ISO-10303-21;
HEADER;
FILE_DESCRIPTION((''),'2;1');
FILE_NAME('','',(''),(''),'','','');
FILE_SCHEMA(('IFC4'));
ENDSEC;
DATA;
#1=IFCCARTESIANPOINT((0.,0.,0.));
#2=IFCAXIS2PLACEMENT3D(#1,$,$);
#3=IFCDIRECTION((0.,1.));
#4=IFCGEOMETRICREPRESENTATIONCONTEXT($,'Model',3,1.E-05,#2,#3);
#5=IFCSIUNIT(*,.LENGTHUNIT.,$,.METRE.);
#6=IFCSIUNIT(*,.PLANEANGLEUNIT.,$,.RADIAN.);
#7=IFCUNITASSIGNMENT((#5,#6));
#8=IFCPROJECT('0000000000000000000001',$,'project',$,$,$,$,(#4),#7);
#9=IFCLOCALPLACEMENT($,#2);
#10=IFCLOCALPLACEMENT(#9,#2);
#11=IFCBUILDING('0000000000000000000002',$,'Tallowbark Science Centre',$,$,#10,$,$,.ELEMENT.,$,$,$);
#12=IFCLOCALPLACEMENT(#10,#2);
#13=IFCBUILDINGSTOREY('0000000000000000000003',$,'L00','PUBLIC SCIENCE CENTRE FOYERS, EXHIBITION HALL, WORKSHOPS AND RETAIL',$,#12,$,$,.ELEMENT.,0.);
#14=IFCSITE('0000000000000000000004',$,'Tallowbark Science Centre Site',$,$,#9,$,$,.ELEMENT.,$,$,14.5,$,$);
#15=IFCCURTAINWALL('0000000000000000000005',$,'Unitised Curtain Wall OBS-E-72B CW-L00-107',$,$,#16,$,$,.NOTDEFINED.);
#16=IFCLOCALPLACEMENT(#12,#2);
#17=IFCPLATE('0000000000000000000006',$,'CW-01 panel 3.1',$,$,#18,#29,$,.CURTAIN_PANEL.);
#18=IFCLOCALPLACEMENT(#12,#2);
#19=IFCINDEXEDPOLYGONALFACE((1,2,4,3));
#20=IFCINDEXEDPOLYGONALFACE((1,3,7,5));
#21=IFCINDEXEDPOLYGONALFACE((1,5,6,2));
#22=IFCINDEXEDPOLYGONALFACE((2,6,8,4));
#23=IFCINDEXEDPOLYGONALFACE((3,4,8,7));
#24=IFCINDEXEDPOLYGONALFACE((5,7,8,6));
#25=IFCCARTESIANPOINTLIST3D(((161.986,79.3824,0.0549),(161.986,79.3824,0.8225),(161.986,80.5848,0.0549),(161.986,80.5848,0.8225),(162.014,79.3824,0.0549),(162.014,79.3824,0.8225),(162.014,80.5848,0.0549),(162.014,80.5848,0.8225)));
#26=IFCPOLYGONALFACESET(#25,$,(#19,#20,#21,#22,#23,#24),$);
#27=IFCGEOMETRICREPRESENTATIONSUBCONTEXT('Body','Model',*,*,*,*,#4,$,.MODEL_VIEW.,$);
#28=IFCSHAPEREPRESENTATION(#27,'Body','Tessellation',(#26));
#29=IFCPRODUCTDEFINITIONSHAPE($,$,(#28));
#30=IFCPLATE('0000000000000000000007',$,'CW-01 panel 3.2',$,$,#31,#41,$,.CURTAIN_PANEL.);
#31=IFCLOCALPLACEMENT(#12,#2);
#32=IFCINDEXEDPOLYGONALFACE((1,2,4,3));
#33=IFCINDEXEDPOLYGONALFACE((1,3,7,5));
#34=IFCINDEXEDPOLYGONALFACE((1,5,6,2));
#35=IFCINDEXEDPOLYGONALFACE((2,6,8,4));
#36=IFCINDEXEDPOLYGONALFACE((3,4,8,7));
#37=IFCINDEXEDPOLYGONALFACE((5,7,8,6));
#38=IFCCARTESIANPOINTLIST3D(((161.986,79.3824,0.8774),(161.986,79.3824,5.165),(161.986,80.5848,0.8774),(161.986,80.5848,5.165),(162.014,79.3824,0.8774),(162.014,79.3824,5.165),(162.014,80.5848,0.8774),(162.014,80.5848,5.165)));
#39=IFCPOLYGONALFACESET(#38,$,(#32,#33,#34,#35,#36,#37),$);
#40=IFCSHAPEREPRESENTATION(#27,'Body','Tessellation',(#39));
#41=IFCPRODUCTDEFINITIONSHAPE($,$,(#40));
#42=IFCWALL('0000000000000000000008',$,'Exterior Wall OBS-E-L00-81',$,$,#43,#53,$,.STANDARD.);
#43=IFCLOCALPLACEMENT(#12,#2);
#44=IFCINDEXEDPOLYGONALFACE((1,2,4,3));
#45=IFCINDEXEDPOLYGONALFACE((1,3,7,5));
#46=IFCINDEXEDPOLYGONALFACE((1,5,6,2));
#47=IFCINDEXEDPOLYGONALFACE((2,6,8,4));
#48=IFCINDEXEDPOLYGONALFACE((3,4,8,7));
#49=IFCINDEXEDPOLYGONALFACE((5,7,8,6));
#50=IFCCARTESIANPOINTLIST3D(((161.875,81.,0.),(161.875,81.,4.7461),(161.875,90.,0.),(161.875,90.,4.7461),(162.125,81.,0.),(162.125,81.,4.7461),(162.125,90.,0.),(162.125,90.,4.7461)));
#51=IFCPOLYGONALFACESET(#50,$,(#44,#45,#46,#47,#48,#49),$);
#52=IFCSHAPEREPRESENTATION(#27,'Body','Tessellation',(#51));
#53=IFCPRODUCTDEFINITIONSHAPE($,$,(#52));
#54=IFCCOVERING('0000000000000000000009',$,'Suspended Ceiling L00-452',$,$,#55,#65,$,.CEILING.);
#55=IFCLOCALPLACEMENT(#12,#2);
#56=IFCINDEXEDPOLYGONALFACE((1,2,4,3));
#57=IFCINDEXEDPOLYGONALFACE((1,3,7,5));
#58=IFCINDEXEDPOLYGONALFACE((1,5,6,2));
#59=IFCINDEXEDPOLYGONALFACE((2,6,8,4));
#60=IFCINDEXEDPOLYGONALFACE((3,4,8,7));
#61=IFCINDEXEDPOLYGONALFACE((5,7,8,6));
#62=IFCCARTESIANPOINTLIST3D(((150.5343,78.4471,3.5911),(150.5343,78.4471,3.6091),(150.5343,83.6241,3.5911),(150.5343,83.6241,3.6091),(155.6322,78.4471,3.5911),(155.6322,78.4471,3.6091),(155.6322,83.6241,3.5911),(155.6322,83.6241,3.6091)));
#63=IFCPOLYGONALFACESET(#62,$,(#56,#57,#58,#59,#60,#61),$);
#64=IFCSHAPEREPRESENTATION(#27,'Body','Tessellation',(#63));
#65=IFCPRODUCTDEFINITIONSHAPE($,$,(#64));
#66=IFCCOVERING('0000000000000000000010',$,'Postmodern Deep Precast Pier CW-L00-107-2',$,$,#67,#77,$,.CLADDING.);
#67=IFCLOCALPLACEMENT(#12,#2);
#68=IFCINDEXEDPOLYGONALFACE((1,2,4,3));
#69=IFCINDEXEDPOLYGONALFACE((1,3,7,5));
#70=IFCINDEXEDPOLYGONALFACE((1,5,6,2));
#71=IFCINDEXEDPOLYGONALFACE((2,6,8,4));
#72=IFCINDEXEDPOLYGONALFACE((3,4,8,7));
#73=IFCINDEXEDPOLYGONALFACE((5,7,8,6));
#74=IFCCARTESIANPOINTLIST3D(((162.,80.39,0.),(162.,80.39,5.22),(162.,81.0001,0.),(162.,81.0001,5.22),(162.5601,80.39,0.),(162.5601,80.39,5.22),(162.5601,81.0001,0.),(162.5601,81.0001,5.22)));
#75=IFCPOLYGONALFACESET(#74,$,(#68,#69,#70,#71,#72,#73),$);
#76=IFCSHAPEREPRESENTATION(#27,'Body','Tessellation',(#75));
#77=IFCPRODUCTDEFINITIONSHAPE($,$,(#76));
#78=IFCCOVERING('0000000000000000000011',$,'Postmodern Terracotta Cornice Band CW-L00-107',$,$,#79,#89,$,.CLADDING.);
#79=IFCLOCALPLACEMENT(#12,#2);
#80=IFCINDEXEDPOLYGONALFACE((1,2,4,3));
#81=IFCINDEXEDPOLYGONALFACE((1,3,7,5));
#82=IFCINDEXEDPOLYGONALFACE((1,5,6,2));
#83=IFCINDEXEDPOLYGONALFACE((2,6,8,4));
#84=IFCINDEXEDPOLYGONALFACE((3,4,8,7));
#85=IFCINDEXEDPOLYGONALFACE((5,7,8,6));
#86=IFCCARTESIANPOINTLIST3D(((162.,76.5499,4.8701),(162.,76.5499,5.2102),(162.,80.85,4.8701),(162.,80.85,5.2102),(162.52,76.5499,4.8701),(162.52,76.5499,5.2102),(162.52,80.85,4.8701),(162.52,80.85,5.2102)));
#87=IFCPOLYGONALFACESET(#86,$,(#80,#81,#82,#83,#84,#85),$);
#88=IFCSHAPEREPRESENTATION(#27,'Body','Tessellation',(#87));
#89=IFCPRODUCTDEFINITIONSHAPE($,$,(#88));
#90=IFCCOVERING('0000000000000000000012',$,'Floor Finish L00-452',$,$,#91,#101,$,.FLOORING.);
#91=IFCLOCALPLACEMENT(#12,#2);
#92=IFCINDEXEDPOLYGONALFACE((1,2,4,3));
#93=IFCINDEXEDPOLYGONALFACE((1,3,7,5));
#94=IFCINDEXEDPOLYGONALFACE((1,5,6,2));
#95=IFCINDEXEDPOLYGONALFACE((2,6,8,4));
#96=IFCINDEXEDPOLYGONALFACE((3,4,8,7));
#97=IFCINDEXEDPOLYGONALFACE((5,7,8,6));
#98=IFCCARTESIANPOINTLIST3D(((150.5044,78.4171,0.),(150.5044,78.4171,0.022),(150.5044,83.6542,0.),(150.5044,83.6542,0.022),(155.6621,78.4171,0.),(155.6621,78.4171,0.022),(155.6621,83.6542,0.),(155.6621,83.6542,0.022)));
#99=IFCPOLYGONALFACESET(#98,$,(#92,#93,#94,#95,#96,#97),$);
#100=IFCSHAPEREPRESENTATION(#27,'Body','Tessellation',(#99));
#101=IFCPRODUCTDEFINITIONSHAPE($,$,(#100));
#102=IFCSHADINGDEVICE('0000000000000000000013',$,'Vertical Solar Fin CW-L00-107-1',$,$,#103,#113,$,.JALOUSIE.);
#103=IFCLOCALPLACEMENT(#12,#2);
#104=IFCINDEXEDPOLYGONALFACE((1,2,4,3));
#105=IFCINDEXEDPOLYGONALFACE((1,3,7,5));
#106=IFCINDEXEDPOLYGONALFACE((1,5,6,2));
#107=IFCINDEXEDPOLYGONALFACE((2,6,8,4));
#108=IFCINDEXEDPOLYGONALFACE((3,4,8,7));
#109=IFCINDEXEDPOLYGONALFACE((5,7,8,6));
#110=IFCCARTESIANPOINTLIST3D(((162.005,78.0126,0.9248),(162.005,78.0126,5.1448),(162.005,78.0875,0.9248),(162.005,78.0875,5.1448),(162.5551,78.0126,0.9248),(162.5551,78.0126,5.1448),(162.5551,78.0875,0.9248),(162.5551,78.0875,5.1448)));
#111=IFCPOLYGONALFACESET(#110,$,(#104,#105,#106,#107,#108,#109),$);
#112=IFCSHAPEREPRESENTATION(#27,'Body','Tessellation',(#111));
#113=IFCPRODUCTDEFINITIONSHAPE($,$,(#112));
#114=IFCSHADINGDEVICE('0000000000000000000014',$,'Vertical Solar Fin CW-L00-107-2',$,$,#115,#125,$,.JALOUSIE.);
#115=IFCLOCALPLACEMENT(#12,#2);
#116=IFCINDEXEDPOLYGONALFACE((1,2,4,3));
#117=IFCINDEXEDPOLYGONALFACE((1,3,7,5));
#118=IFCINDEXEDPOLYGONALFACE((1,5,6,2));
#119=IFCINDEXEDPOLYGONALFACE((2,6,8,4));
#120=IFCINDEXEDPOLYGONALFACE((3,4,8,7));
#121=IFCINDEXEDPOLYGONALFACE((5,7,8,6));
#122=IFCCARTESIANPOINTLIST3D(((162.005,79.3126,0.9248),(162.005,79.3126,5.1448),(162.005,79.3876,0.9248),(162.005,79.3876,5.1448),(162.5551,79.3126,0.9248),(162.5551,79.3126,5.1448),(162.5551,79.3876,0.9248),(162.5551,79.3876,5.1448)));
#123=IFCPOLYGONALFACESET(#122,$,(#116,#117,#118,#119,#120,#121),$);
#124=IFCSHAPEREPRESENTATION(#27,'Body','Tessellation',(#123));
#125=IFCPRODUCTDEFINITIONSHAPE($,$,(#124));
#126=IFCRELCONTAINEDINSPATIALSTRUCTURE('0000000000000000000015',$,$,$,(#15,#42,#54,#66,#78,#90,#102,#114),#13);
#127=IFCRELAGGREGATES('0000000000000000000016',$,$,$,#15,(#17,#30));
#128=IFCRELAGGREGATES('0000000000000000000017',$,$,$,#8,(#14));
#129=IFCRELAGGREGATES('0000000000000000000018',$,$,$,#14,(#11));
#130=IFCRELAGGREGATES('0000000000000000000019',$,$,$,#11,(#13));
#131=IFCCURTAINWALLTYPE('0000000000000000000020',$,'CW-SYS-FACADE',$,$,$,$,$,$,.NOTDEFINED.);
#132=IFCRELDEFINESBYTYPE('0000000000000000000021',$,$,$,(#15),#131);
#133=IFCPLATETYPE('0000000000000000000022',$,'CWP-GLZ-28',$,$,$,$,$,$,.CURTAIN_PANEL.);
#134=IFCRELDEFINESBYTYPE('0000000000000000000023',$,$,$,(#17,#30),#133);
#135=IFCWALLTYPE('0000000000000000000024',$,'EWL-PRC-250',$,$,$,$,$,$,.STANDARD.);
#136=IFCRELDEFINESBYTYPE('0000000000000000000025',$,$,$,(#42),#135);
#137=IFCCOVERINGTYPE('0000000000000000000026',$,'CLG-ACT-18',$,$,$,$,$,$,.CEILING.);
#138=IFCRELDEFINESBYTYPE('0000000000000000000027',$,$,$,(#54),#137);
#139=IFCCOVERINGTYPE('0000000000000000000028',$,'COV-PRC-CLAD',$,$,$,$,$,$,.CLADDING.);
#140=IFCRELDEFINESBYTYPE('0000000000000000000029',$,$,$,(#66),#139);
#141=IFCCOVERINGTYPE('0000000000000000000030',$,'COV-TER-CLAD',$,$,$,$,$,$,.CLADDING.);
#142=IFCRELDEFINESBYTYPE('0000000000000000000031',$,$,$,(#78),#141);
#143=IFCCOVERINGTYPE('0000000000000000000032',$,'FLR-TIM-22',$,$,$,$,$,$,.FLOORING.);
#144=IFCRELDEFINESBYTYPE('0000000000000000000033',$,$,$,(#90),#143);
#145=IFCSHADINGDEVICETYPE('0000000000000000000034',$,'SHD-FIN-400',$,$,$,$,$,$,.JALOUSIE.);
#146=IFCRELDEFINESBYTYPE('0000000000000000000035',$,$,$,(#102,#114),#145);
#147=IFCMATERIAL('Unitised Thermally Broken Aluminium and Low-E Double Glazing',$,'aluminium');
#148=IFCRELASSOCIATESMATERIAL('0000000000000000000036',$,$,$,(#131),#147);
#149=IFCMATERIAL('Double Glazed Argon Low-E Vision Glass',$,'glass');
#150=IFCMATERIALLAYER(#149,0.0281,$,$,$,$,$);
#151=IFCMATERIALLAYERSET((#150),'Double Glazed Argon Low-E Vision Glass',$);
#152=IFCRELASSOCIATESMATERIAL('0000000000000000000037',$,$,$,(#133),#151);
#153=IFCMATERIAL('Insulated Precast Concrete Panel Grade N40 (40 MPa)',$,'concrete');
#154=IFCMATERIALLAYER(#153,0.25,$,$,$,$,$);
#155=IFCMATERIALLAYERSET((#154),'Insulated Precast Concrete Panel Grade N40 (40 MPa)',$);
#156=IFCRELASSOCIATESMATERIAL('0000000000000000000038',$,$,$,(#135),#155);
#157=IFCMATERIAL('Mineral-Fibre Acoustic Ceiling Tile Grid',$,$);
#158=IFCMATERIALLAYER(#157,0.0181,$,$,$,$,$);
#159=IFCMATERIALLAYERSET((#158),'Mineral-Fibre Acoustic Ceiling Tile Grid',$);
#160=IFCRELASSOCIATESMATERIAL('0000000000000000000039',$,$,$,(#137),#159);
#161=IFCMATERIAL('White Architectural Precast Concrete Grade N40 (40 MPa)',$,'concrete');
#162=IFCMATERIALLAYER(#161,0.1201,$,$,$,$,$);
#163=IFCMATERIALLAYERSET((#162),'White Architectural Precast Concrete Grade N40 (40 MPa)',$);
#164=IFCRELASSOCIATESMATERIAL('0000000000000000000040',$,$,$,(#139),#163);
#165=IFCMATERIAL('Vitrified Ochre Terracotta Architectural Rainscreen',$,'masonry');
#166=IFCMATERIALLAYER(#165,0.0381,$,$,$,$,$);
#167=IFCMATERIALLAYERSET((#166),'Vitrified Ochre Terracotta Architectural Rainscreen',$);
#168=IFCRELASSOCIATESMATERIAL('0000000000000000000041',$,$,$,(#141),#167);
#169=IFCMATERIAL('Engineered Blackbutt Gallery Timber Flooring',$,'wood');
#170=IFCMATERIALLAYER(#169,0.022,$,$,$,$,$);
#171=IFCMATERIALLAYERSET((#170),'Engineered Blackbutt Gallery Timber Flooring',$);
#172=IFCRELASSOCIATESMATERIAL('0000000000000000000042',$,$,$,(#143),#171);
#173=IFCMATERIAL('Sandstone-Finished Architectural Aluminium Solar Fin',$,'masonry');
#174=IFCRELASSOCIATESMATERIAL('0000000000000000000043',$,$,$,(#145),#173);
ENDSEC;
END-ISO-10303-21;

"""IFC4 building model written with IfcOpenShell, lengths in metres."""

from ifc_helpers import new_model, si_unit, direction, frame, frame_2d, origin, origin_2d, place, context, subcontext, project, spatial, rectangle, extrude, material, layer, layer_set, type_object, element, aggregate, save


model = new_model("IFC4")

# Units and contexts
model_context = context("Model", 3, precision=1e-05, world=origin(), true_north=direction((0.0, 1.0)))
body_context = subcontext(model_context, "Body", "Model", "MODEL_VIEW")
ifc_project = project(units=[si_unit("LENGTHUNIT", "METRE"), si_unit("PLANEANGLEUNIT", "RADIAN")], contexts=[model_context])

# Site, building, storey
site_placement = place(None, origin())
site = spatial("IfcSite", under=ifc_project, at=site_placement, Name="Tallowbark Science Centre Site", CompositionType="ELEMENT", RefElevation=14.5)
building_placement = place(site_placement, origin())
building = spatial("IfcBuilding", under=site, at=building_placement, Name="Tallowbark Science Centre", CompositionType="ELEMENT")
storey_placement = place(building_placement, origin())
storey = spatial("IfcBuildingStorey", under=building, at=storey_placement, Name="L00", Description="PUBLIC SCIENCE CENTRE FOYERS, EXHIBITION HALL, WORKSHOPS AND RETAIL", CompositionType="ELEMENT", Elevation=0.0)

# Curtain wall
ifc_material_1 = material(Name="Unitised Thermally Broken Aluminium and Low-E Double Glazing", Category="aluminium")
curtain_wall_type = type_object("IfcCurtainWallType", Name="CW-SYS-FACADE", PredefinedType="NOTDEFINED", material=ifc_material_1)
curtain_wall_placement = place(storey_placement, origin())
curtain_wall = element("IfcCurtainWall", 1, at=curtain_wall_placement, inside=storey, type_object=curtain_wall_type, Name="Unitised Curtain Wall OBS-E-72B CW-L00-107", PredefinedType="NOTDEFINED")

# Plates
ifc_material_2 = material(Name="Double Glazed Argon Low-E Vision Glass", Category="glass")
ifc_layer_1 = layer(ifc_material_2, 0.0281)
ifc_layer_set_1 = layer_set([ifc_layer_1], Name="Double Glazed Argon Low-E Vision Glass")
plate_type = type_object("IfcPlateType", Name="CWP-GLZ-28", PredefinedType="CURTAIN_PANEL", material=ifc_layer_set_1)
plate_1_placement = place(storey_placement, frame((162.0, 79.9836, 0.0549), z_axis=(0.0, 0.0, 1.0), x_axis=(0.0, 1.0, 0.0)))
plate_1 = element("IfcPlate", 2, at=plate_1_placement, type_object=plate_type, Name="CW-01 panel 3.1", PredefinedType="CURTAIN_PANEL", context=body_context, shape_type="SweptSolid", body=[
    extrude(rectangle(XDim=1.2024, YDim=0.0281, at=origin_2d()), origin(), (0.0, 0.0, 1.0), 0.7676),
])
plate_2_placement = place(storey_placement, frame((162.0, 79.9836, 0.8774), z_axis=(0.0, 0.0, 1.0), x_axis=(0.0, 1.0, 0.0)))
plate_2 = element("IfcPlate", 3, at=plate_2_placement, type_object=plate_type, Name="CW-01 panel 3.2", PredefinedType="CURTAIN_PANEL", context=body_context, shape_type="SweptSolid", body=[
    extrude(rectangle(XDim=1.2024, YDim=0.0281, at=origin_2d()), origin(), (0.0, 0.0, 1.0), 4.2876),
])
aggregate(curtain_wall, [plate_1, plate_2])

# Wall
ifc_material_3 = material(Name="Insulated Precast Concrete Panel Grade N40 (40 MPa)", Category="concrete")
ifc_layer_2 = layer(ifc_material_3, 0.25)
ifc_layer_set_2 = layer_set([ifc_layer_2], Name="Insulated Precast Concrete Panel Grade N40 (40 MPa)")
wall_type = type_object("IfcWallType", Name="EWL-PRC-250", PredefinedType="STANDARD", material=ifc_layer_set_2)
wall_placement = place(storey_placement, frame((162.0, 81.0, 0.0), z_axis=(0.0, 0.0, 1.0), x_axis=(0.0, 1.0, 0.0)))
element("IfcWall", 4, at=wall_placement, inside=storey, type_object=wall_type, Name="Exterior Wall OBS-E-L00-81", PredefinedType="STANDARD", context=body_context, shape_type="SweptSolid", body=[
    extrude(rectangle(XDim=9.0, YDim=0.25, at=frame_2d((4.5, 0.0))), origin(), (0.0, 0.0, 1.0), 4.7461),
])

# Coverings
ifc_material_4 = material(Name="Mineral-Fibre Acoustic Ceiling Tile Grid")
ifc_layer_3 = layer(ifc_material_4, 0.0181)
ifc_layer_set_3 = layer_set([ifc_layer_3], Name="Mineral-Fibre Acoustic Ceiling Tile Grid")
covering_type_1 = type_object("IfcCoveringType", Name="CLG-ACT-18", PredefinedType="CEILING", material=ifc_layer_set_3)
covering_1_placement = place(storey_placement, frame((153.0833, 81.0356, 3.5911), z_axis=(0.0, 0.0, 1.0), x_axis=(1.0, 0.0, 0.0)))
element("IfcCovering", 5, at=covering_1_placement, inside=storey, type_object=covering_type_1, Name="Suspended Ceiling L00-452", PredefinedType="CEILING", context=body_context, shape_type="SweptSolid", body=[
    extrude(rectangle(XDim=5.0979, YDim=5.177, at=origin_2d()), origin(), (0.0, 0.0, 1.0), 0.0181),
])
ifc_material_5 = material(Name="White Architectural Precast Concrete Grade N40 (40 MPa)", Category="concrete")
ifc_layer_4 = layer(ifc_material_5, 0.1201)
ifc_layer_set_4 = layer_set([ifc_layer_4], Name="White Architectural Precast Concrete Grade N40 (40 MPa)")
covering_type_2 = type_object("IfcCoveringType", Name="COV-PRC-CLAD", PredefinedType="CLADDING", material=ifc_layer_set_4)
covering_2_placement = place(storey_placement, frame((162.28, 80.6951, 0.0), z_axis=(0.0, 0.0, 1.0), x_axis=(0.0, 1.0, 0.0)))
element("IfcCovering", 6, at=covering_2_placement, inside=storey, type_object=covering_type_2, Name="Postmodern Deep Precast Pier CW-L00-107-2", PredefinedType="CLADDING", context=body_context, shape_type="SweptSolid", body=[
    extrude(rectangle(XDim=0.6101, YDim=0.5601, at=origin_2d()), origin(), (0.0, 0.0, 1.0), 5.22),
])
ifc_material_6 = material(Name="Vitrified Ochre Terracotta Architectural Rainscreen", Category="masonry")
ifc_layer_5 = layer(ifc_material_6, 0.0381)
ifc_layer_set_5 = layer_set([ifc_layer_5], Name="Vitrified Ochre Terracotta Architectural Rainscreen")
covering_type_3 = type_object("IfcCoveringType", Name="COV-TER-CLAD", PredefinedType="CLADDING", material=ifc_layer_set_5)
covering_3_placement = place(storey_placement, frame((162.26, 78.7, 4.8701), z_axis=(0.0, 0.0, 1.0), x_axis=(0.0, 1.0, 0.0)))
element("IfcCovering", 7, at=covering_3_placement, inside=storey, type_object=covering_type_3, Name="Postmodern Terracotta Cornice Band CW-L00-107", PredefinedType="CLADDING", context=body_context, shape_type="SweptSolid", body=[
    extrude(rectangle(XDim=4.3, YDim=0.52, at=origin_2d()), origin(), (0.0, 0.0, 1.0), 0.3401),
])
ifc_material_7 = material(Name="Engineered Blackbutt Gallery Timber Flooring", Category="wood")
ifc_layer_6 = layer(ifc_material_7, 0.022)
ifc_layer_set_6 = layer_set([ifc_layer_6], Name="Engineered Blackbutt Gallery Timber Flooring")
covering_type_4 = type_object("IfcCoveringType", Name="FLR-TIM-22", PredefinedType="FLOORING", material=ifc_layer_set_6)
covering_4_placement = place(storey_placement, frame((153.0833, 81.0356, 0.0), z_axis=(0.0, 0.0, 1.0), x_axis=(1.0, 0.0, 0.0)))
element("IfcCovering", 8, at=covering_4_placement, inside=storey, type_object=covering_type_4, Name="Floor Finish L00-452", PredefinedType="FLOORING", context=body_context, shape_type="SweptSolid", body=[
    extrude(rectangle(XDim=5.1577, YDim=5.2371, at=origin_2d()), origin(), (0.0, 0.0, 1.0), 0.022),
])

# Shading devices
ifc_material_8 = material(Name="Sandstone-Finished Architectural Aluminium Solar Fin", Category="masonry")
shading_device_type = type_object("IfcShadingDeviceType", Name="SHD-FIN-400", PredefinedType="JALOUSIE", material=ifc_material_8)
for number, where, z_axis, x_axis, name in (
    (9, (162.28, 78.05, 0.9248), (0.0, 0.0, 1.0), (0.0, 1.0, 0.0), "Vertical Solar Fin CW-L00-107-1"),
    (10, (162.28, 79.3501, 0.9248), (0.0, 0.0, 1.0), (0.0, 1.0, 0.0), "Vertical Solar Fin CW-L00-107-2"),
):
    element("IfcShadingDevice", number, at=place(storey_placement, frame(where, z_axis=z_axis, x_axis=x_axis)), inside=storey, type_object=shading_device_type, Name=name, PredefinedType="JALOUSIE", context=body_context, shape_type="SweptSolid", body=[
        extrude(rectangle(XDim=0.075, YDim=0.55, at=origin_2d()), origin(), (0.0, 0.0, 1.0), 4.22),
    ])

save(model, "model.ifc")
